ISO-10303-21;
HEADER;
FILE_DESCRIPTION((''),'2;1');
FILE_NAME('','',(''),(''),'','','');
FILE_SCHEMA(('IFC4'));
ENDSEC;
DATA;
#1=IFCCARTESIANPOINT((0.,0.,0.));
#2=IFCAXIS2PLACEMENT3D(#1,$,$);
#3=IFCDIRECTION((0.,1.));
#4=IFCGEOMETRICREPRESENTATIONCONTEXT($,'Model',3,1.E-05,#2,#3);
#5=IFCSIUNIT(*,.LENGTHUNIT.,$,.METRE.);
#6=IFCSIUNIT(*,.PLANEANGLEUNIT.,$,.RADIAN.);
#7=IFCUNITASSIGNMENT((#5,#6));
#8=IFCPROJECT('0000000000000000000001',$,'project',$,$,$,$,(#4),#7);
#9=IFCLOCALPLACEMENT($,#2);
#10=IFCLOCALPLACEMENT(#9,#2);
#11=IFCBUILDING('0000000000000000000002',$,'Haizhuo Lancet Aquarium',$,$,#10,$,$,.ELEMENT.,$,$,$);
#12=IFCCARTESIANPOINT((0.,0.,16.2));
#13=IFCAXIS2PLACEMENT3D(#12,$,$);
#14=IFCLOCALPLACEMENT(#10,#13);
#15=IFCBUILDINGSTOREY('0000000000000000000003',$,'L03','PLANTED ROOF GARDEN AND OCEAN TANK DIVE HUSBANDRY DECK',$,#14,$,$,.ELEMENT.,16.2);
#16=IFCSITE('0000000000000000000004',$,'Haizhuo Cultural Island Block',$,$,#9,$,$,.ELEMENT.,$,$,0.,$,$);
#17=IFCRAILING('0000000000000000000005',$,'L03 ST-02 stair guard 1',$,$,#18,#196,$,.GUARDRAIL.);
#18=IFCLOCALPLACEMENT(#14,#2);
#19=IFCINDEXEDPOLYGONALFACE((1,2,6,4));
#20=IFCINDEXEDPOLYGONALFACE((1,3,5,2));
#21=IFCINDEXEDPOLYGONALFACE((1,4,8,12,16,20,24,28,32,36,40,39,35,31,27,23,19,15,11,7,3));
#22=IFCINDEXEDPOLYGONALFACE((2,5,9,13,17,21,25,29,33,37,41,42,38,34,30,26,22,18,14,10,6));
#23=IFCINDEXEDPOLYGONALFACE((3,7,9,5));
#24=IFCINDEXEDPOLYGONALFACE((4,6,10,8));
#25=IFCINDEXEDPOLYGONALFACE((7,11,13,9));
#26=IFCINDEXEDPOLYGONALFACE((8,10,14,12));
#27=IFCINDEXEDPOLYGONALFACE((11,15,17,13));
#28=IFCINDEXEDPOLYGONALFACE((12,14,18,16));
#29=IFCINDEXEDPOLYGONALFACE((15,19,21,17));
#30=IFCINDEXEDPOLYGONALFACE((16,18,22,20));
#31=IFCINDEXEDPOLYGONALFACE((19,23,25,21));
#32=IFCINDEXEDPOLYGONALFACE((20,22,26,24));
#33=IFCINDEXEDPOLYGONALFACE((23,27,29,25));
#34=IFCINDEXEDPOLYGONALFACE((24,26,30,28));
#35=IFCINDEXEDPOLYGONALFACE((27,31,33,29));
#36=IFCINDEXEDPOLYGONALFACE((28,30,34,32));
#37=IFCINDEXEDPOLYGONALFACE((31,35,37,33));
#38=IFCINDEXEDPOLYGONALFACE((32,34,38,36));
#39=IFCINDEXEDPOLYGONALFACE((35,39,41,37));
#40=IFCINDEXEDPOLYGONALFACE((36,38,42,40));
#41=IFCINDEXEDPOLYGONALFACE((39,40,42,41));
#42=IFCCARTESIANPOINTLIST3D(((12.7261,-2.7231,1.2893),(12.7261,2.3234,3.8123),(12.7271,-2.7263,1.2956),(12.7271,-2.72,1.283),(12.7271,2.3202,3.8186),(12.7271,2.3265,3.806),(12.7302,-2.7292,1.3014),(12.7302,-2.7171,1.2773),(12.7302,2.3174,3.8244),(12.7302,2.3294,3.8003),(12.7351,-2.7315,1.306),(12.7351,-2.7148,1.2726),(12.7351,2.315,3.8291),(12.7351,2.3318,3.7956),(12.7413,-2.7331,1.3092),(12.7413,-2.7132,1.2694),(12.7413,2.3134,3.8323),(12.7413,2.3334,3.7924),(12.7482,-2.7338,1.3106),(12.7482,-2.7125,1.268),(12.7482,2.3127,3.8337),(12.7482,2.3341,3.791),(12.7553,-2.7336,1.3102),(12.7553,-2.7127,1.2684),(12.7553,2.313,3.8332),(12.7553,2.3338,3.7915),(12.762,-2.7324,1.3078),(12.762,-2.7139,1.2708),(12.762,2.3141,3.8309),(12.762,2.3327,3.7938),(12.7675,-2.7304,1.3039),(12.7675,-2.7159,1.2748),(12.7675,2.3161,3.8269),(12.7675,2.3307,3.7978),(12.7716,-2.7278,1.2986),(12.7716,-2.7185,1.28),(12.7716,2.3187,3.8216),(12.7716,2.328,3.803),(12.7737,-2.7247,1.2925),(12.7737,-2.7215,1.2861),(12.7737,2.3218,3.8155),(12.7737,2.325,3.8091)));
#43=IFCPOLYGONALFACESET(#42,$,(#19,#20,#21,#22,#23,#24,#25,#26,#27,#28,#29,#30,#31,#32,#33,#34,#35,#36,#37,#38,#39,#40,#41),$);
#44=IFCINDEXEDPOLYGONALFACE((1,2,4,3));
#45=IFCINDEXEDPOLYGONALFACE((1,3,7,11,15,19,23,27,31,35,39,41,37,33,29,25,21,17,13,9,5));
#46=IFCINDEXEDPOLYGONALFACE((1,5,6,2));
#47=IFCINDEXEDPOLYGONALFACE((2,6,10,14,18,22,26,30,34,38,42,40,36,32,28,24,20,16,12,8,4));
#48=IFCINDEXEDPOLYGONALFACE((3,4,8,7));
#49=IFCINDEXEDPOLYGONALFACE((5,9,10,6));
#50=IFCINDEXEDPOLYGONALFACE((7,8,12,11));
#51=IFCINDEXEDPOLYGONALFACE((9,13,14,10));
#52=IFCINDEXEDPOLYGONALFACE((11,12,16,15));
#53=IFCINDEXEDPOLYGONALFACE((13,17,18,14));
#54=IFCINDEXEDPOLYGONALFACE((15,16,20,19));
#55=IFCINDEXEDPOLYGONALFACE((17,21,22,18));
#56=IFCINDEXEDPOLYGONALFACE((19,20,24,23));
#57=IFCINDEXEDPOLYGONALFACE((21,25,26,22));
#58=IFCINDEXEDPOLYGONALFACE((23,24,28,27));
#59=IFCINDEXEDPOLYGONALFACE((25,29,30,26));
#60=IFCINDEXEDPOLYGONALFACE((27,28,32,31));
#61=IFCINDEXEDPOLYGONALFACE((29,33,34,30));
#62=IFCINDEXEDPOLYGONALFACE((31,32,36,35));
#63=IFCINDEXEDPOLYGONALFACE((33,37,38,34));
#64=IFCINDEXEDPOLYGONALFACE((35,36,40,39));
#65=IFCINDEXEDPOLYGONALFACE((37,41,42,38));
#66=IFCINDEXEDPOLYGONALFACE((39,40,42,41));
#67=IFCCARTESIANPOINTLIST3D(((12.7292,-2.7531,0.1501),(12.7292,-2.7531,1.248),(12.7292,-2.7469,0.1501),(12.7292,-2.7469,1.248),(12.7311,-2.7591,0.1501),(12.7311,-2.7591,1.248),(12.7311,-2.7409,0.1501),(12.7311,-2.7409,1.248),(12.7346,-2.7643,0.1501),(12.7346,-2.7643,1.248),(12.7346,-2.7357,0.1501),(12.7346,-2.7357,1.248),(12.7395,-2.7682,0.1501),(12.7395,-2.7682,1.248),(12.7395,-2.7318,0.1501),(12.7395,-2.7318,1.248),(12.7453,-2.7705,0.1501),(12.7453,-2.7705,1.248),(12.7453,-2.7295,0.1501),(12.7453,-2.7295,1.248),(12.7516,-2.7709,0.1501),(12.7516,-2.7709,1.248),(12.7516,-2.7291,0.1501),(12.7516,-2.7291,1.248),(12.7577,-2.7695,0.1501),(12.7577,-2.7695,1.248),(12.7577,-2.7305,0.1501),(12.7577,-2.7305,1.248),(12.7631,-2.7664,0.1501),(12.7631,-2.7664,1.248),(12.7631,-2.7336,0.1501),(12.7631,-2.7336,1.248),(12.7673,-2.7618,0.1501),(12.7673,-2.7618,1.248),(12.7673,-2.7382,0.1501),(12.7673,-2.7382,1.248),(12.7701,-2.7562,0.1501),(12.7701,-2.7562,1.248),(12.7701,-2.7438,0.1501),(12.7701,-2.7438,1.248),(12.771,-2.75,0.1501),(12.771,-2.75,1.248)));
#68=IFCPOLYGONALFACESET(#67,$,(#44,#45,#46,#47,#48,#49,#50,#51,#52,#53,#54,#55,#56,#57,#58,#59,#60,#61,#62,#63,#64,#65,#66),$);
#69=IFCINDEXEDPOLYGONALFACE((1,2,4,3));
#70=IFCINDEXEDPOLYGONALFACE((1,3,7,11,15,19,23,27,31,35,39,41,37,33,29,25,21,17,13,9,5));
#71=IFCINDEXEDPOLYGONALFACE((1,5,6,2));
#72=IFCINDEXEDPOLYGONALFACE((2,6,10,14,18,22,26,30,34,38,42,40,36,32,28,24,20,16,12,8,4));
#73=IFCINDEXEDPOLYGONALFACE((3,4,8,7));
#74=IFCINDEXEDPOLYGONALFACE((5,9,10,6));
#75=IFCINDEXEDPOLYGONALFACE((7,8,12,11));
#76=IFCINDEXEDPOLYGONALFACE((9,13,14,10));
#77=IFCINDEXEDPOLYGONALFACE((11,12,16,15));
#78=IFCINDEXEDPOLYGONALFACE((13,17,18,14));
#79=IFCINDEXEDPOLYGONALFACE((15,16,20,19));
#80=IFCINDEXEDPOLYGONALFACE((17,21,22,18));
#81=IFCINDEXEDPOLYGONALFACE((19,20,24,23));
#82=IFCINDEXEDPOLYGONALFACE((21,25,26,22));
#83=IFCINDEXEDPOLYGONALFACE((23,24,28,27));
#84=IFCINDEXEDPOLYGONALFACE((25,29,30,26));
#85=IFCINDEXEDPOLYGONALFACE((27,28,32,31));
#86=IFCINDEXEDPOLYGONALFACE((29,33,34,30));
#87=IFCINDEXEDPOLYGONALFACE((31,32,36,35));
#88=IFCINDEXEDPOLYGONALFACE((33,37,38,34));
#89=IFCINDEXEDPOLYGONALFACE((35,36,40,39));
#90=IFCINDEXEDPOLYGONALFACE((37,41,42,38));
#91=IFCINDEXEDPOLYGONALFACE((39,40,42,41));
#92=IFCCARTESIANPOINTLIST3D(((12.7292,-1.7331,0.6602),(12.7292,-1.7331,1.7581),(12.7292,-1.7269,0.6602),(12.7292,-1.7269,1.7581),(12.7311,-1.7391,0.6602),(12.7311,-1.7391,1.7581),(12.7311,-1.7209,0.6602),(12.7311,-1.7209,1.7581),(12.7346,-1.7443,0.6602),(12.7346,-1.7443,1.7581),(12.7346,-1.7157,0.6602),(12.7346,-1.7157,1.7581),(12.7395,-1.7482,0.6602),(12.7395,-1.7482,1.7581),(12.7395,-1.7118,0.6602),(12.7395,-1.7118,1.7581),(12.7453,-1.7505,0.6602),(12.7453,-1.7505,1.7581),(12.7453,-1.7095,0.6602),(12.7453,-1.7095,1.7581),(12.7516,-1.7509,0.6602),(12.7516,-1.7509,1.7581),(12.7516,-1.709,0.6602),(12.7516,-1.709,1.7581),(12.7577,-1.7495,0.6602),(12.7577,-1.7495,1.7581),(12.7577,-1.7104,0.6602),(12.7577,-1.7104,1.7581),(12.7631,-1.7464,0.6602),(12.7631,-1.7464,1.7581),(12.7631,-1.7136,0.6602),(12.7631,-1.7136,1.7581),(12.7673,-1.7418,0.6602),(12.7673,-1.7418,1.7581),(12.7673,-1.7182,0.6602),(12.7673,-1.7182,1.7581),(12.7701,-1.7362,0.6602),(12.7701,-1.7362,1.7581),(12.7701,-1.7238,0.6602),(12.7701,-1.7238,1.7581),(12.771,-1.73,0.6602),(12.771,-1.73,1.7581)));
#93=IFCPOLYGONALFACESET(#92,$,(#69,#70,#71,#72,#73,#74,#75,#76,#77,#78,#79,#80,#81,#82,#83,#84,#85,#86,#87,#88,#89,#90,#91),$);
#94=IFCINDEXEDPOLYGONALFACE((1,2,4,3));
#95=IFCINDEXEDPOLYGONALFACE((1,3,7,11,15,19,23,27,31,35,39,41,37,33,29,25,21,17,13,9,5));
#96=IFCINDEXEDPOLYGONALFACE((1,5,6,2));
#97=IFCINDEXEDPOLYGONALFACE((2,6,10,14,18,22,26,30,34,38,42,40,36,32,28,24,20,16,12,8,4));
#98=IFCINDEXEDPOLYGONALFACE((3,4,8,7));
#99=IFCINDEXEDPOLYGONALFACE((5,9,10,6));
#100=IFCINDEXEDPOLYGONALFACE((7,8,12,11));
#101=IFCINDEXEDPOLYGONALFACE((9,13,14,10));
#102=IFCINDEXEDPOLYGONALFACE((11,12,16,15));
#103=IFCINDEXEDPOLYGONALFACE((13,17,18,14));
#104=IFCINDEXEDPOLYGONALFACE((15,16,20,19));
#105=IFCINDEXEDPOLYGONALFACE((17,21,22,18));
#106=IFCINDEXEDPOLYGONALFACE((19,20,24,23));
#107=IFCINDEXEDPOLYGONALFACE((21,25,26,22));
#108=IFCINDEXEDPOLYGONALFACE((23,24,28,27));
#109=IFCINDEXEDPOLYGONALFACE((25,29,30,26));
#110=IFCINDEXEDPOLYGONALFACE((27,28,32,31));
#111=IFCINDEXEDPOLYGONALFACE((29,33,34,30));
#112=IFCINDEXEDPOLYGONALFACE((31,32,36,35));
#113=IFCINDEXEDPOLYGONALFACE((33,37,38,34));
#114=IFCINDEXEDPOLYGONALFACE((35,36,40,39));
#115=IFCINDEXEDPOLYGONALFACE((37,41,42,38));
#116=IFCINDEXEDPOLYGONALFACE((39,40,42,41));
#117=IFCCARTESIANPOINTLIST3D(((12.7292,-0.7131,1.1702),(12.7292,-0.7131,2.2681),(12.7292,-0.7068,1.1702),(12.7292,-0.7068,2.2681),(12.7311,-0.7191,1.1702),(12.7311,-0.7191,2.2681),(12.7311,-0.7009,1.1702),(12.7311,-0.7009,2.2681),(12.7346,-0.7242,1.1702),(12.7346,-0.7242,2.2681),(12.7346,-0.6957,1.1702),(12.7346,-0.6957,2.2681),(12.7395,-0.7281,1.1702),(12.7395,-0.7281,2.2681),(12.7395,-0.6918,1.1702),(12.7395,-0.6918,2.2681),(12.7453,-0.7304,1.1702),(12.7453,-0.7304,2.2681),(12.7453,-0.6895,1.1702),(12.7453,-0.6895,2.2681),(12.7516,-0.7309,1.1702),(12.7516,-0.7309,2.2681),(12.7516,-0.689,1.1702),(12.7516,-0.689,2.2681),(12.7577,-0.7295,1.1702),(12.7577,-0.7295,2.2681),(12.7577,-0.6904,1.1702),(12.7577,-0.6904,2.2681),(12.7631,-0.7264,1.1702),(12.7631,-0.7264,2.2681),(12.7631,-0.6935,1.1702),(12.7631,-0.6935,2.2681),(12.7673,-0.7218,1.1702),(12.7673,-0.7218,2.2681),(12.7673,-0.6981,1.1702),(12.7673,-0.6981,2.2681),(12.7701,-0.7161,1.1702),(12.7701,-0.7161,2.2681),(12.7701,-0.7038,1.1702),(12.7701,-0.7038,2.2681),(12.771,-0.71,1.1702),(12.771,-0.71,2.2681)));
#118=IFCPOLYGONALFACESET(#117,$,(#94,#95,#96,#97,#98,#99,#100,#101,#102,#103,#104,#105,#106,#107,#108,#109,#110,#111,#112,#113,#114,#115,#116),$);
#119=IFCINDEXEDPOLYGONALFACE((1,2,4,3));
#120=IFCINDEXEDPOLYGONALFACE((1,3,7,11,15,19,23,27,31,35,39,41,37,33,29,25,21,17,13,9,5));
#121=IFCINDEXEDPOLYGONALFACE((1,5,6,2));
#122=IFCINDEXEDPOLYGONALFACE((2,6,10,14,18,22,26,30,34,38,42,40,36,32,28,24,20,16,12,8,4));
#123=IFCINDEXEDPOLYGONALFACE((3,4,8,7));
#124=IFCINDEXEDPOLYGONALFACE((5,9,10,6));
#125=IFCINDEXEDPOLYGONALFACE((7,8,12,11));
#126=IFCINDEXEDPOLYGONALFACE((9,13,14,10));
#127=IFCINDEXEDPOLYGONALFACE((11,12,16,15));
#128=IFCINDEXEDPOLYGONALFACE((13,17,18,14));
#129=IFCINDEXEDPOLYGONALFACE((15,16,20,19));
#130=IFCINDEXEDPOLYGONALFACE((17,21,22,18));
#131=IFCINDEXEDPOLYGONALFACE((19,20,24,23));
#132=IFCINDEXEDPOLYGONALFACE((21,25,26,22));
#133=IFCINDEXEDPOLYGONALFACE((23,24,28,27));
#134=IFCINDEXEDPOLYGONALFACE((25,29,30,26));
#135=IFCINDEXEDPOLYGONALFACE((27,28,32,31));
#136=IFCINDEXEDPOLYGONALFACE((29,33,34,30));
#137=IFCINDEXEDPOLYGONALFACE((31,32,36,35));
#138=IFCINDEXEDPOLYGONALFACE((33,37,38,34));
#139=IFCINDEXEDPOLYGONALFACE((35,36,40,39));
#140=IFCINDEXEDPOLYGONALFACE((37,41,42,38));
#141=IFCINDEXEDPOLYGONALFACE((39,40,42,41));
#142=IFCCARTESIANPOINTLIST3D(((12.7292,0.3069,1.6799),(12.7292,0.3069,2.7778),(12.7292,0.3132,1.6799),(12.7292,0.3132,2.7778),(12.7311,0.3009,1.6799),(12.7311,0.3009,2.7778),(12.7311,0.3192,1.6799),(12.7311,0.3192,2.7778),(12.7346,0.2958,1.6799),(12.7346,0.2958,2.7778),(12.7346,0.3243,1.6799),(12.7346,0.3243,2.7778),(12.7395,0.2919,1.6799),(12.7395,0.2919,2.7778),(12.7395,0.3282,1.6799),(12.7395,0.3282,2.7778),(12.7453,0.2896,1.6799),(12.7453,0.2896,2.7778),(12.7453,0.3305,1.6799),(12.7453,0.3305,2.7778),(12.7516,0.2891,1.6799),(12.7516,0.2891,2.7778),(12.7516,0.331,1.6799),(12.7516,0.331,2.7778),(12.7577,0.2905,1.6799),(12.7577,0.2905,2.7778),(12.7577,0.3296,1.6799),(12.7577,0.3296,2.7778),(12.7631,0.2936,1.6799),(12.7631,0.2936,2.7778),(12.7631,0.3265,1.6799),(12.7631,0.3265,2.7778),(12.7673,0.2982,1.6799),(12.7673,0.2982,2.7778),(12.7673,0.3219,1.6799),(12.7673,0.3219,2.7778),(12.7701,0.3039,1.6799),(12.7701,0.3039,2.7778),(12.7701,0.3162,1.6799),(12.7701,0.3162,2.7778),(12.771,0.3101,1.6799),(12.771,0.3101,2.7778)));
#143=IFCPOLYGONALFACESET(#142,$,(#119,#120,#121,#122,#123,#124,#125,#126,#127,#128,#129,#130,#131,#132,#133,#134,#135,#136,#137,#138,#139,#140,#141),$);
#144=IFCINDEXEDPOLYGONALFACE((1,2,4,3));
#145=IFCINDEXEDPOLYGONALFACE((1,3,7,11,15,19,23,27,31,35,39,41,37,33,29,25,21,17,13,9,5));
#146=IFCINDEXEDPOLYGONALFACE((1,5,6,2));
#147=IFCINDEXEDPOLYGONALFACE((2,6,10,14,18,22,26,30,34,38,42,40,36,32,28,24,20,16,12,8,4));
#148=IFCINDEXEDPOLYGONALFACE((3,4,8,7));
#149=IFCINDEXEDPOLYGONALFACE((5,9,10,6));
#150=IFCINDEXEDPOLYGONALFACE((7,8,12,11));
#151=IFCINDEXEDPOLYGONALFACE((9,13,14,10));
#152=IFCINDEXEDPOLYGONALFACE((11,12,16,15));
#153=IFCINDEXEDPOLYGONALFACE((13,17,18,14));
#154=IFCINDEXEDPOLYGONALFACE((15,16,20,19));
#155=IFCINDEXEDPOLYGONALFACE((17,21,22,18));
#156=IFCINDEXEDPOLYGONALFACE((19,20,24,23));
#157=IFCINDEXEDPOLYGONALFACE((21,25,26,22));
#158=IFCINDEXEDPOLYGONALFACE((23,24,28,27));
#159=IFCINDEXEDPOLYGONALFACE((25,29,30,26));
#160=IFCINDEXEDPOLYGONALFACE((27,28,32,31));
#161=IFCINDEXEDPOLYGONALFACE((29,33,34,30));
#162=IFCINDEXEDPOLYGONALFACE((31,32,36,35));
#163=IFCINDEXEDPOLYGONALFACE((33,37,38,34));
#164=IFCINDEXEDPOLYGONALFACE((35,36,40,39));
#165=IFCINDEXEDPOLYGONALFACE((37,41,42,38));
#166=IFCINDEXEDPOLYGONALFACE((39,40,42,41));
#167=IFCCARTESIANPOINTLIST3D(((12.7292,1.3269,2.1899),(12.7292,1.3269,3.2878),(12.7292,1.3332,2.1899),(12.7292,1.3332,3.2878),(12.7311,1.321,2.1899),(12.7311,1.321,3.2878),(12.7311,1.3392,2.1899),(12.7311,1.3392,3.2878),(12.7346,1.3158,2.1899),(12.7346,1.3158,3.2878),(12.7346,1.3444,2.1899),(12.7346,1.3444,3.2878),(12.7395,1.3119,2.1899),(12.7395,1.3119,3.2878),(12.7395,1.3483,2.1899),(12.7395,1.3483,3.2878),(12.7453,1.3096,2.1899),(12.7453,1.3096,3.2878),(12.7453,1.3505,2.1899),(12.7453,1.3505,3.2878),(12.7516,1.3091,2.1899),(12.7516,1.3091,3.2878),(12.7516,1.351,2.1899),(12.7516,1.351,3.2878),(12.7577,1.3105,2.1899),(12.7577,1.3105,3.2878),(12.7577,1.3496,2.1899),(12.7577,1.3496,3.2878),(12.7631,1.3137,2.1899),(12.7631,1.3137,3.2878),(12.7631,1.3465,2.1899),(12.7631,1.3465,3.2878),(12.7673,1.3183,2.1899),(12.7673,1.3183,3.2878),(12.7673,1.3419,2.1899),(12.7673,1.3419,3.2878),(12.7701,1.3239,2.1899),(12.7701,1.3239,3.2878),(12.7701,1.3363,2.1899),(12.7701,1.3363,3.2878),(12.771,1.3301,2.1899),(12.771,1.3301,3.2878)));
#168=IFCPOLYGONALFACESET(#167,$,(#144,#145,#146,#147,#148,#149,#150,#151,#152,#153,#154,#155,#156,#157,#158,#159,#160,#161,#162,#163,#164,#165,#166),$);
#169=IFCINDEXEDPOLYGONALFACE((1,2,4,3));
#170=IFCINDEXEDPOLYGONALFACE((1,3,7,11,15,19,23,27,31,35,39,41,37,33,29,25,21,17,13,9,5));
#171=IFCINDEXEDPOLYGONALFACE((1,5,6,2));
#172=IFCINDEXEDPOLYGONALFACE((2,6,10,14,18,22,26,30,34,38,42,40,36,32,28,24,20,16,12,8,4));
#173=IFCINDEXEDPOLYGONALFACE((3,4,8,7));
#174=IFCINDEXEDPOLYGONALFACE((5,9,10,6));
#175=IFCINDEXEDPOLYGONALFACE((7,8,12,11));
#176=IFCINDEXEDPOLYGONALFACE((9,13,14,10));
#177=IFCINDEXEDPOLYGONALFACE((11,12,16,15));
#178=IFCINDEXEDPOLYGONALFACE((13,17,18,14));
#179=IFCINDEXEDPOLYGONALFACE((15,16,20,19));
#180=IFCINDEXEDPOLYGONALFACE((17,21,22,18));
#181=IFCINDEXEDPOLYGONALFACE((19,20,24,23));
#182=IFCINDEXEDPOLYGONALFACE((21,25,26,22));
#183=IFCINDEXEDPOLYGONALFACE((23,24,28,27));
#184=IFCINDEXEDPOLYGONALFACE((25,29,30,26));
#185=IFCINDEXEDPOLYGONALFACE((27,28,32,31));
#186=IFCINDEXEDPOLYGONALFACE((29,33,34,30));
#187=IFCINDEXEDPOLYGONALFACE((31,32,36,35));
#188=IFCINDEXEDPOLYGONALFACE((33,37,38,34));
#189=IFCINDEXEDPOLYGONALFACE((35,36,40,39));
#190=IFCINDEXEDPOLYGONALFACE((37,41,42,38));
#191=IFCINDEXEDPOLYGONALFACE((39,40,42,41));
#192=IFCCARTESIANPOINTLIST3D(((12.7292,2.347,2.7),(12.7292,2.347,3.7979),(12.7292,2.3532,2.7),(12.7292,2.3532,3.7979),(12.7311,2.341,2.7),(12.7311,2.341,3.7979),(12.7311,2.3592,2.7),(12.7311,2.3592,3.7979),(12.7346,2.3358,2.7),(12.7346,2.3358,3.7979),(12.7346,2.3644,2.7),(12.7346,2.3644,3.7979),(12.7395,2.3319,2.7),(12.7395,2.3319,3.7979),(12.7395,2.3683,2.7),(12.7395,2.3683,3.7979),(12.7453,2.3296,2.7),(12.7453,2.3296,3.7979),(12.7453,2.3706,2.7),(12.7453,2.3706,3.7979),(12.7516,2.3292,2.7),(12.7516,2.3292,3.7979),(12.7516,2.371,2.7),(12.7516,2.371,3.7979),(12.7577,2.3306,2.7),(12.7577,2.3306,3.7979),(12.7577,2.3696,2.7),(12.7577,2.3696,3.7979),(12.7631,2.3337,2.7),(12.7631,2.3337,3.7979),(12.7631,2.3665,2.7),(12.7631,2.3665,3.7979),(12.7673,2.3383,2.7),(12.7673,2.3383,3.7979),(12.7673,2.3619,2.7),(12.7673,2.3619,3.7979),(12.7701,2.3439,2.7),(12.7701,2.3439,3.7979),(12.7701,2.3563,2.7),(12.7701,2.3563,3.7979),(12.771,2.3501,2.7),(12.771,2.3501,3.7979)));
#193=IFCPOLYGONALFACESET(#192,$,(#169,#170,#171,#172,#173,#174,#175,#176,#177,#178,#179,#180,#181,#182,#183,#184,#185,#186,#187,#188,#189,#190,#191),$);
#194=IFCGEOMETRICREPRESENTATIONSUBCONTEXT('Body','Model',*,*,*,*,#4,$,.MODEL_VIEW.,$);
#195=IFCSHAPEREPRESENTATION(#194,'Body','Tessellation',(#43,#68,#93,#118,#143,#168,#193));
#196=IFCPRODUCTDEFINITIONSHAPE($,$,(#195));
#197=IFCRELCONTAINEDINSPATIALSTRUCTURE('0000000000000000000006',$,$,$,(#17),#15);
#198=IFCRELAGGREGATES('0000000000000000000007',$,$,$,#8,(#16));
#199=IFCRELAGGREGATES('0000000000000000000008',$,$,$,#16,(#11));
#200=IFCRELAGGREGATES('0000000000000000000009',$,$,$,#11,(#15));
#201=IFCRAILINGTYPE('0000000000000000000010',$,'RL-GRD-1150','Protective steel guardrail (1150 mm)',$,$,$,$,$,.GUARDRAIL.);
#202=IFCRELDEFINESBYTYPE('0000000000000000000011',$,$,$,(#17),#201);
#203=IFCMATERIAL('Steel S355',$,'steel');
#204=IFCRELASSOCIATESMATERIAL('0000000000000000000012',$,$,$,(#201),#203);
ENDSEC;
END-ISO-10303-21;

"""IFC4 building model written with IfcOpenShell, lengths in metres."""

from ifc_helpers import new_model, si_unit, direction, frame, origin, origin_2d, place, context, subcontext, project, spatial, circle, extrude, material, type_object, element, save


model = new_model("IFC4")

# Units and contexts
model_context = context("Model", 3, precision=1e-05, world=origin(), true_north=direction((0.0, 1.0)))
body_context = subcontext(model_context, "Body", "Model", "MODEL_VIEW")
ifc_project = project(units=[si_unit("LENGTHUNIT", "METRE"), si_unit("PLANEANGLEUNIT", "RADIAN")], contexts=[model_context])

# Site, building, storey
site_placement = place(None, origin())
site = spatial("IfcSite", under=ifc_project, at=site_placement, Name="Haizhuo Cultural Island Block", CompositionType="ELEMENT", RefElevation=0.0)
building_placement = place(site_placement, origin())
building = spatial("IfcBuilding", under=site, at=building_placement, Name="Haizhuo Lancet Aquarium", CompositionType="ELEMENT")
storey_placement = place(building_placement, frame((0.0, 0.0, 16.2)))
storey = spatial("IfcBuildingStorey", under=building, at=storey_placement, Name="L03", Description="PLANTED ROOF GARDEN AND OCEAN TANK DIVE HUSBANDRY DECK", CompositionType="ELEMENT", Elevation=16.2)

# Shared definitions
ifc_material_1 = material(Name="Steel S355", Category="steel")

# Railing
railing_type_1 = type_object("IfcRailingType", Name="RL-GRD-1150", Description="Protective steel guardrail (1150 mm)", PredefinedType="GUARDRAIL", material=ifc_material_1)
railing_1_placement = place(storey_placement, frame((12.75, -2.75, 0.1501)))
element("IfcRailing", 1, at=railing_1_placement, inside=storey, type_object=railing_type_1, Name="L03 ST-02 stair guard 1", PredefinedType="GUARDRAIL", context=body_context, shape_type="SweptSolid", body=[
    extrude(circle(Radius=0.0239, at=origin_2d()), frame((0.0, 0.0269, 1.1392), z_axis=(0.0, 0.894444, 0.447179), x_axis=(-1.0, 0.0, 0.0)), (0.0, 0.0, 1.0), 5.6421),
    extrude(circle(Radius=0.021, at=origin_2d()), origin(), (0.0, 0.0, 1.0), 1.0979),
    extrude(circle(Radius=0.021, at=origin_2d()), frame((0.0, 1.02, 0.51)), (0.0, 0.0, 1.0), 1.0979),
    extrude(circle(Radius=0.021, at=origin_2d()), frame((0.0, 2.04, 1.02)), (0.0, 0.0, 1.0), 1.0979),
    extrude(circle(Radius=0.021, at=origin_2d()), frame((0.0, 3.0601, 1.5298)), (0.0, 0.0, 1.0), 1.0979),
    extrude(circle(Radius=0.021, at=origin_2d()), frame((0.0, 4.0801, 2.0398)), (0.0, 0.0, 1.0), 1.0979),
    extrude(circle(Radius=0.021, at=origin_2d()), frame((0.0, 5.1001, 2.5498)), (0.0, 0.0, 1.0), 1.0979),
])

save(model, "model.ifc")
